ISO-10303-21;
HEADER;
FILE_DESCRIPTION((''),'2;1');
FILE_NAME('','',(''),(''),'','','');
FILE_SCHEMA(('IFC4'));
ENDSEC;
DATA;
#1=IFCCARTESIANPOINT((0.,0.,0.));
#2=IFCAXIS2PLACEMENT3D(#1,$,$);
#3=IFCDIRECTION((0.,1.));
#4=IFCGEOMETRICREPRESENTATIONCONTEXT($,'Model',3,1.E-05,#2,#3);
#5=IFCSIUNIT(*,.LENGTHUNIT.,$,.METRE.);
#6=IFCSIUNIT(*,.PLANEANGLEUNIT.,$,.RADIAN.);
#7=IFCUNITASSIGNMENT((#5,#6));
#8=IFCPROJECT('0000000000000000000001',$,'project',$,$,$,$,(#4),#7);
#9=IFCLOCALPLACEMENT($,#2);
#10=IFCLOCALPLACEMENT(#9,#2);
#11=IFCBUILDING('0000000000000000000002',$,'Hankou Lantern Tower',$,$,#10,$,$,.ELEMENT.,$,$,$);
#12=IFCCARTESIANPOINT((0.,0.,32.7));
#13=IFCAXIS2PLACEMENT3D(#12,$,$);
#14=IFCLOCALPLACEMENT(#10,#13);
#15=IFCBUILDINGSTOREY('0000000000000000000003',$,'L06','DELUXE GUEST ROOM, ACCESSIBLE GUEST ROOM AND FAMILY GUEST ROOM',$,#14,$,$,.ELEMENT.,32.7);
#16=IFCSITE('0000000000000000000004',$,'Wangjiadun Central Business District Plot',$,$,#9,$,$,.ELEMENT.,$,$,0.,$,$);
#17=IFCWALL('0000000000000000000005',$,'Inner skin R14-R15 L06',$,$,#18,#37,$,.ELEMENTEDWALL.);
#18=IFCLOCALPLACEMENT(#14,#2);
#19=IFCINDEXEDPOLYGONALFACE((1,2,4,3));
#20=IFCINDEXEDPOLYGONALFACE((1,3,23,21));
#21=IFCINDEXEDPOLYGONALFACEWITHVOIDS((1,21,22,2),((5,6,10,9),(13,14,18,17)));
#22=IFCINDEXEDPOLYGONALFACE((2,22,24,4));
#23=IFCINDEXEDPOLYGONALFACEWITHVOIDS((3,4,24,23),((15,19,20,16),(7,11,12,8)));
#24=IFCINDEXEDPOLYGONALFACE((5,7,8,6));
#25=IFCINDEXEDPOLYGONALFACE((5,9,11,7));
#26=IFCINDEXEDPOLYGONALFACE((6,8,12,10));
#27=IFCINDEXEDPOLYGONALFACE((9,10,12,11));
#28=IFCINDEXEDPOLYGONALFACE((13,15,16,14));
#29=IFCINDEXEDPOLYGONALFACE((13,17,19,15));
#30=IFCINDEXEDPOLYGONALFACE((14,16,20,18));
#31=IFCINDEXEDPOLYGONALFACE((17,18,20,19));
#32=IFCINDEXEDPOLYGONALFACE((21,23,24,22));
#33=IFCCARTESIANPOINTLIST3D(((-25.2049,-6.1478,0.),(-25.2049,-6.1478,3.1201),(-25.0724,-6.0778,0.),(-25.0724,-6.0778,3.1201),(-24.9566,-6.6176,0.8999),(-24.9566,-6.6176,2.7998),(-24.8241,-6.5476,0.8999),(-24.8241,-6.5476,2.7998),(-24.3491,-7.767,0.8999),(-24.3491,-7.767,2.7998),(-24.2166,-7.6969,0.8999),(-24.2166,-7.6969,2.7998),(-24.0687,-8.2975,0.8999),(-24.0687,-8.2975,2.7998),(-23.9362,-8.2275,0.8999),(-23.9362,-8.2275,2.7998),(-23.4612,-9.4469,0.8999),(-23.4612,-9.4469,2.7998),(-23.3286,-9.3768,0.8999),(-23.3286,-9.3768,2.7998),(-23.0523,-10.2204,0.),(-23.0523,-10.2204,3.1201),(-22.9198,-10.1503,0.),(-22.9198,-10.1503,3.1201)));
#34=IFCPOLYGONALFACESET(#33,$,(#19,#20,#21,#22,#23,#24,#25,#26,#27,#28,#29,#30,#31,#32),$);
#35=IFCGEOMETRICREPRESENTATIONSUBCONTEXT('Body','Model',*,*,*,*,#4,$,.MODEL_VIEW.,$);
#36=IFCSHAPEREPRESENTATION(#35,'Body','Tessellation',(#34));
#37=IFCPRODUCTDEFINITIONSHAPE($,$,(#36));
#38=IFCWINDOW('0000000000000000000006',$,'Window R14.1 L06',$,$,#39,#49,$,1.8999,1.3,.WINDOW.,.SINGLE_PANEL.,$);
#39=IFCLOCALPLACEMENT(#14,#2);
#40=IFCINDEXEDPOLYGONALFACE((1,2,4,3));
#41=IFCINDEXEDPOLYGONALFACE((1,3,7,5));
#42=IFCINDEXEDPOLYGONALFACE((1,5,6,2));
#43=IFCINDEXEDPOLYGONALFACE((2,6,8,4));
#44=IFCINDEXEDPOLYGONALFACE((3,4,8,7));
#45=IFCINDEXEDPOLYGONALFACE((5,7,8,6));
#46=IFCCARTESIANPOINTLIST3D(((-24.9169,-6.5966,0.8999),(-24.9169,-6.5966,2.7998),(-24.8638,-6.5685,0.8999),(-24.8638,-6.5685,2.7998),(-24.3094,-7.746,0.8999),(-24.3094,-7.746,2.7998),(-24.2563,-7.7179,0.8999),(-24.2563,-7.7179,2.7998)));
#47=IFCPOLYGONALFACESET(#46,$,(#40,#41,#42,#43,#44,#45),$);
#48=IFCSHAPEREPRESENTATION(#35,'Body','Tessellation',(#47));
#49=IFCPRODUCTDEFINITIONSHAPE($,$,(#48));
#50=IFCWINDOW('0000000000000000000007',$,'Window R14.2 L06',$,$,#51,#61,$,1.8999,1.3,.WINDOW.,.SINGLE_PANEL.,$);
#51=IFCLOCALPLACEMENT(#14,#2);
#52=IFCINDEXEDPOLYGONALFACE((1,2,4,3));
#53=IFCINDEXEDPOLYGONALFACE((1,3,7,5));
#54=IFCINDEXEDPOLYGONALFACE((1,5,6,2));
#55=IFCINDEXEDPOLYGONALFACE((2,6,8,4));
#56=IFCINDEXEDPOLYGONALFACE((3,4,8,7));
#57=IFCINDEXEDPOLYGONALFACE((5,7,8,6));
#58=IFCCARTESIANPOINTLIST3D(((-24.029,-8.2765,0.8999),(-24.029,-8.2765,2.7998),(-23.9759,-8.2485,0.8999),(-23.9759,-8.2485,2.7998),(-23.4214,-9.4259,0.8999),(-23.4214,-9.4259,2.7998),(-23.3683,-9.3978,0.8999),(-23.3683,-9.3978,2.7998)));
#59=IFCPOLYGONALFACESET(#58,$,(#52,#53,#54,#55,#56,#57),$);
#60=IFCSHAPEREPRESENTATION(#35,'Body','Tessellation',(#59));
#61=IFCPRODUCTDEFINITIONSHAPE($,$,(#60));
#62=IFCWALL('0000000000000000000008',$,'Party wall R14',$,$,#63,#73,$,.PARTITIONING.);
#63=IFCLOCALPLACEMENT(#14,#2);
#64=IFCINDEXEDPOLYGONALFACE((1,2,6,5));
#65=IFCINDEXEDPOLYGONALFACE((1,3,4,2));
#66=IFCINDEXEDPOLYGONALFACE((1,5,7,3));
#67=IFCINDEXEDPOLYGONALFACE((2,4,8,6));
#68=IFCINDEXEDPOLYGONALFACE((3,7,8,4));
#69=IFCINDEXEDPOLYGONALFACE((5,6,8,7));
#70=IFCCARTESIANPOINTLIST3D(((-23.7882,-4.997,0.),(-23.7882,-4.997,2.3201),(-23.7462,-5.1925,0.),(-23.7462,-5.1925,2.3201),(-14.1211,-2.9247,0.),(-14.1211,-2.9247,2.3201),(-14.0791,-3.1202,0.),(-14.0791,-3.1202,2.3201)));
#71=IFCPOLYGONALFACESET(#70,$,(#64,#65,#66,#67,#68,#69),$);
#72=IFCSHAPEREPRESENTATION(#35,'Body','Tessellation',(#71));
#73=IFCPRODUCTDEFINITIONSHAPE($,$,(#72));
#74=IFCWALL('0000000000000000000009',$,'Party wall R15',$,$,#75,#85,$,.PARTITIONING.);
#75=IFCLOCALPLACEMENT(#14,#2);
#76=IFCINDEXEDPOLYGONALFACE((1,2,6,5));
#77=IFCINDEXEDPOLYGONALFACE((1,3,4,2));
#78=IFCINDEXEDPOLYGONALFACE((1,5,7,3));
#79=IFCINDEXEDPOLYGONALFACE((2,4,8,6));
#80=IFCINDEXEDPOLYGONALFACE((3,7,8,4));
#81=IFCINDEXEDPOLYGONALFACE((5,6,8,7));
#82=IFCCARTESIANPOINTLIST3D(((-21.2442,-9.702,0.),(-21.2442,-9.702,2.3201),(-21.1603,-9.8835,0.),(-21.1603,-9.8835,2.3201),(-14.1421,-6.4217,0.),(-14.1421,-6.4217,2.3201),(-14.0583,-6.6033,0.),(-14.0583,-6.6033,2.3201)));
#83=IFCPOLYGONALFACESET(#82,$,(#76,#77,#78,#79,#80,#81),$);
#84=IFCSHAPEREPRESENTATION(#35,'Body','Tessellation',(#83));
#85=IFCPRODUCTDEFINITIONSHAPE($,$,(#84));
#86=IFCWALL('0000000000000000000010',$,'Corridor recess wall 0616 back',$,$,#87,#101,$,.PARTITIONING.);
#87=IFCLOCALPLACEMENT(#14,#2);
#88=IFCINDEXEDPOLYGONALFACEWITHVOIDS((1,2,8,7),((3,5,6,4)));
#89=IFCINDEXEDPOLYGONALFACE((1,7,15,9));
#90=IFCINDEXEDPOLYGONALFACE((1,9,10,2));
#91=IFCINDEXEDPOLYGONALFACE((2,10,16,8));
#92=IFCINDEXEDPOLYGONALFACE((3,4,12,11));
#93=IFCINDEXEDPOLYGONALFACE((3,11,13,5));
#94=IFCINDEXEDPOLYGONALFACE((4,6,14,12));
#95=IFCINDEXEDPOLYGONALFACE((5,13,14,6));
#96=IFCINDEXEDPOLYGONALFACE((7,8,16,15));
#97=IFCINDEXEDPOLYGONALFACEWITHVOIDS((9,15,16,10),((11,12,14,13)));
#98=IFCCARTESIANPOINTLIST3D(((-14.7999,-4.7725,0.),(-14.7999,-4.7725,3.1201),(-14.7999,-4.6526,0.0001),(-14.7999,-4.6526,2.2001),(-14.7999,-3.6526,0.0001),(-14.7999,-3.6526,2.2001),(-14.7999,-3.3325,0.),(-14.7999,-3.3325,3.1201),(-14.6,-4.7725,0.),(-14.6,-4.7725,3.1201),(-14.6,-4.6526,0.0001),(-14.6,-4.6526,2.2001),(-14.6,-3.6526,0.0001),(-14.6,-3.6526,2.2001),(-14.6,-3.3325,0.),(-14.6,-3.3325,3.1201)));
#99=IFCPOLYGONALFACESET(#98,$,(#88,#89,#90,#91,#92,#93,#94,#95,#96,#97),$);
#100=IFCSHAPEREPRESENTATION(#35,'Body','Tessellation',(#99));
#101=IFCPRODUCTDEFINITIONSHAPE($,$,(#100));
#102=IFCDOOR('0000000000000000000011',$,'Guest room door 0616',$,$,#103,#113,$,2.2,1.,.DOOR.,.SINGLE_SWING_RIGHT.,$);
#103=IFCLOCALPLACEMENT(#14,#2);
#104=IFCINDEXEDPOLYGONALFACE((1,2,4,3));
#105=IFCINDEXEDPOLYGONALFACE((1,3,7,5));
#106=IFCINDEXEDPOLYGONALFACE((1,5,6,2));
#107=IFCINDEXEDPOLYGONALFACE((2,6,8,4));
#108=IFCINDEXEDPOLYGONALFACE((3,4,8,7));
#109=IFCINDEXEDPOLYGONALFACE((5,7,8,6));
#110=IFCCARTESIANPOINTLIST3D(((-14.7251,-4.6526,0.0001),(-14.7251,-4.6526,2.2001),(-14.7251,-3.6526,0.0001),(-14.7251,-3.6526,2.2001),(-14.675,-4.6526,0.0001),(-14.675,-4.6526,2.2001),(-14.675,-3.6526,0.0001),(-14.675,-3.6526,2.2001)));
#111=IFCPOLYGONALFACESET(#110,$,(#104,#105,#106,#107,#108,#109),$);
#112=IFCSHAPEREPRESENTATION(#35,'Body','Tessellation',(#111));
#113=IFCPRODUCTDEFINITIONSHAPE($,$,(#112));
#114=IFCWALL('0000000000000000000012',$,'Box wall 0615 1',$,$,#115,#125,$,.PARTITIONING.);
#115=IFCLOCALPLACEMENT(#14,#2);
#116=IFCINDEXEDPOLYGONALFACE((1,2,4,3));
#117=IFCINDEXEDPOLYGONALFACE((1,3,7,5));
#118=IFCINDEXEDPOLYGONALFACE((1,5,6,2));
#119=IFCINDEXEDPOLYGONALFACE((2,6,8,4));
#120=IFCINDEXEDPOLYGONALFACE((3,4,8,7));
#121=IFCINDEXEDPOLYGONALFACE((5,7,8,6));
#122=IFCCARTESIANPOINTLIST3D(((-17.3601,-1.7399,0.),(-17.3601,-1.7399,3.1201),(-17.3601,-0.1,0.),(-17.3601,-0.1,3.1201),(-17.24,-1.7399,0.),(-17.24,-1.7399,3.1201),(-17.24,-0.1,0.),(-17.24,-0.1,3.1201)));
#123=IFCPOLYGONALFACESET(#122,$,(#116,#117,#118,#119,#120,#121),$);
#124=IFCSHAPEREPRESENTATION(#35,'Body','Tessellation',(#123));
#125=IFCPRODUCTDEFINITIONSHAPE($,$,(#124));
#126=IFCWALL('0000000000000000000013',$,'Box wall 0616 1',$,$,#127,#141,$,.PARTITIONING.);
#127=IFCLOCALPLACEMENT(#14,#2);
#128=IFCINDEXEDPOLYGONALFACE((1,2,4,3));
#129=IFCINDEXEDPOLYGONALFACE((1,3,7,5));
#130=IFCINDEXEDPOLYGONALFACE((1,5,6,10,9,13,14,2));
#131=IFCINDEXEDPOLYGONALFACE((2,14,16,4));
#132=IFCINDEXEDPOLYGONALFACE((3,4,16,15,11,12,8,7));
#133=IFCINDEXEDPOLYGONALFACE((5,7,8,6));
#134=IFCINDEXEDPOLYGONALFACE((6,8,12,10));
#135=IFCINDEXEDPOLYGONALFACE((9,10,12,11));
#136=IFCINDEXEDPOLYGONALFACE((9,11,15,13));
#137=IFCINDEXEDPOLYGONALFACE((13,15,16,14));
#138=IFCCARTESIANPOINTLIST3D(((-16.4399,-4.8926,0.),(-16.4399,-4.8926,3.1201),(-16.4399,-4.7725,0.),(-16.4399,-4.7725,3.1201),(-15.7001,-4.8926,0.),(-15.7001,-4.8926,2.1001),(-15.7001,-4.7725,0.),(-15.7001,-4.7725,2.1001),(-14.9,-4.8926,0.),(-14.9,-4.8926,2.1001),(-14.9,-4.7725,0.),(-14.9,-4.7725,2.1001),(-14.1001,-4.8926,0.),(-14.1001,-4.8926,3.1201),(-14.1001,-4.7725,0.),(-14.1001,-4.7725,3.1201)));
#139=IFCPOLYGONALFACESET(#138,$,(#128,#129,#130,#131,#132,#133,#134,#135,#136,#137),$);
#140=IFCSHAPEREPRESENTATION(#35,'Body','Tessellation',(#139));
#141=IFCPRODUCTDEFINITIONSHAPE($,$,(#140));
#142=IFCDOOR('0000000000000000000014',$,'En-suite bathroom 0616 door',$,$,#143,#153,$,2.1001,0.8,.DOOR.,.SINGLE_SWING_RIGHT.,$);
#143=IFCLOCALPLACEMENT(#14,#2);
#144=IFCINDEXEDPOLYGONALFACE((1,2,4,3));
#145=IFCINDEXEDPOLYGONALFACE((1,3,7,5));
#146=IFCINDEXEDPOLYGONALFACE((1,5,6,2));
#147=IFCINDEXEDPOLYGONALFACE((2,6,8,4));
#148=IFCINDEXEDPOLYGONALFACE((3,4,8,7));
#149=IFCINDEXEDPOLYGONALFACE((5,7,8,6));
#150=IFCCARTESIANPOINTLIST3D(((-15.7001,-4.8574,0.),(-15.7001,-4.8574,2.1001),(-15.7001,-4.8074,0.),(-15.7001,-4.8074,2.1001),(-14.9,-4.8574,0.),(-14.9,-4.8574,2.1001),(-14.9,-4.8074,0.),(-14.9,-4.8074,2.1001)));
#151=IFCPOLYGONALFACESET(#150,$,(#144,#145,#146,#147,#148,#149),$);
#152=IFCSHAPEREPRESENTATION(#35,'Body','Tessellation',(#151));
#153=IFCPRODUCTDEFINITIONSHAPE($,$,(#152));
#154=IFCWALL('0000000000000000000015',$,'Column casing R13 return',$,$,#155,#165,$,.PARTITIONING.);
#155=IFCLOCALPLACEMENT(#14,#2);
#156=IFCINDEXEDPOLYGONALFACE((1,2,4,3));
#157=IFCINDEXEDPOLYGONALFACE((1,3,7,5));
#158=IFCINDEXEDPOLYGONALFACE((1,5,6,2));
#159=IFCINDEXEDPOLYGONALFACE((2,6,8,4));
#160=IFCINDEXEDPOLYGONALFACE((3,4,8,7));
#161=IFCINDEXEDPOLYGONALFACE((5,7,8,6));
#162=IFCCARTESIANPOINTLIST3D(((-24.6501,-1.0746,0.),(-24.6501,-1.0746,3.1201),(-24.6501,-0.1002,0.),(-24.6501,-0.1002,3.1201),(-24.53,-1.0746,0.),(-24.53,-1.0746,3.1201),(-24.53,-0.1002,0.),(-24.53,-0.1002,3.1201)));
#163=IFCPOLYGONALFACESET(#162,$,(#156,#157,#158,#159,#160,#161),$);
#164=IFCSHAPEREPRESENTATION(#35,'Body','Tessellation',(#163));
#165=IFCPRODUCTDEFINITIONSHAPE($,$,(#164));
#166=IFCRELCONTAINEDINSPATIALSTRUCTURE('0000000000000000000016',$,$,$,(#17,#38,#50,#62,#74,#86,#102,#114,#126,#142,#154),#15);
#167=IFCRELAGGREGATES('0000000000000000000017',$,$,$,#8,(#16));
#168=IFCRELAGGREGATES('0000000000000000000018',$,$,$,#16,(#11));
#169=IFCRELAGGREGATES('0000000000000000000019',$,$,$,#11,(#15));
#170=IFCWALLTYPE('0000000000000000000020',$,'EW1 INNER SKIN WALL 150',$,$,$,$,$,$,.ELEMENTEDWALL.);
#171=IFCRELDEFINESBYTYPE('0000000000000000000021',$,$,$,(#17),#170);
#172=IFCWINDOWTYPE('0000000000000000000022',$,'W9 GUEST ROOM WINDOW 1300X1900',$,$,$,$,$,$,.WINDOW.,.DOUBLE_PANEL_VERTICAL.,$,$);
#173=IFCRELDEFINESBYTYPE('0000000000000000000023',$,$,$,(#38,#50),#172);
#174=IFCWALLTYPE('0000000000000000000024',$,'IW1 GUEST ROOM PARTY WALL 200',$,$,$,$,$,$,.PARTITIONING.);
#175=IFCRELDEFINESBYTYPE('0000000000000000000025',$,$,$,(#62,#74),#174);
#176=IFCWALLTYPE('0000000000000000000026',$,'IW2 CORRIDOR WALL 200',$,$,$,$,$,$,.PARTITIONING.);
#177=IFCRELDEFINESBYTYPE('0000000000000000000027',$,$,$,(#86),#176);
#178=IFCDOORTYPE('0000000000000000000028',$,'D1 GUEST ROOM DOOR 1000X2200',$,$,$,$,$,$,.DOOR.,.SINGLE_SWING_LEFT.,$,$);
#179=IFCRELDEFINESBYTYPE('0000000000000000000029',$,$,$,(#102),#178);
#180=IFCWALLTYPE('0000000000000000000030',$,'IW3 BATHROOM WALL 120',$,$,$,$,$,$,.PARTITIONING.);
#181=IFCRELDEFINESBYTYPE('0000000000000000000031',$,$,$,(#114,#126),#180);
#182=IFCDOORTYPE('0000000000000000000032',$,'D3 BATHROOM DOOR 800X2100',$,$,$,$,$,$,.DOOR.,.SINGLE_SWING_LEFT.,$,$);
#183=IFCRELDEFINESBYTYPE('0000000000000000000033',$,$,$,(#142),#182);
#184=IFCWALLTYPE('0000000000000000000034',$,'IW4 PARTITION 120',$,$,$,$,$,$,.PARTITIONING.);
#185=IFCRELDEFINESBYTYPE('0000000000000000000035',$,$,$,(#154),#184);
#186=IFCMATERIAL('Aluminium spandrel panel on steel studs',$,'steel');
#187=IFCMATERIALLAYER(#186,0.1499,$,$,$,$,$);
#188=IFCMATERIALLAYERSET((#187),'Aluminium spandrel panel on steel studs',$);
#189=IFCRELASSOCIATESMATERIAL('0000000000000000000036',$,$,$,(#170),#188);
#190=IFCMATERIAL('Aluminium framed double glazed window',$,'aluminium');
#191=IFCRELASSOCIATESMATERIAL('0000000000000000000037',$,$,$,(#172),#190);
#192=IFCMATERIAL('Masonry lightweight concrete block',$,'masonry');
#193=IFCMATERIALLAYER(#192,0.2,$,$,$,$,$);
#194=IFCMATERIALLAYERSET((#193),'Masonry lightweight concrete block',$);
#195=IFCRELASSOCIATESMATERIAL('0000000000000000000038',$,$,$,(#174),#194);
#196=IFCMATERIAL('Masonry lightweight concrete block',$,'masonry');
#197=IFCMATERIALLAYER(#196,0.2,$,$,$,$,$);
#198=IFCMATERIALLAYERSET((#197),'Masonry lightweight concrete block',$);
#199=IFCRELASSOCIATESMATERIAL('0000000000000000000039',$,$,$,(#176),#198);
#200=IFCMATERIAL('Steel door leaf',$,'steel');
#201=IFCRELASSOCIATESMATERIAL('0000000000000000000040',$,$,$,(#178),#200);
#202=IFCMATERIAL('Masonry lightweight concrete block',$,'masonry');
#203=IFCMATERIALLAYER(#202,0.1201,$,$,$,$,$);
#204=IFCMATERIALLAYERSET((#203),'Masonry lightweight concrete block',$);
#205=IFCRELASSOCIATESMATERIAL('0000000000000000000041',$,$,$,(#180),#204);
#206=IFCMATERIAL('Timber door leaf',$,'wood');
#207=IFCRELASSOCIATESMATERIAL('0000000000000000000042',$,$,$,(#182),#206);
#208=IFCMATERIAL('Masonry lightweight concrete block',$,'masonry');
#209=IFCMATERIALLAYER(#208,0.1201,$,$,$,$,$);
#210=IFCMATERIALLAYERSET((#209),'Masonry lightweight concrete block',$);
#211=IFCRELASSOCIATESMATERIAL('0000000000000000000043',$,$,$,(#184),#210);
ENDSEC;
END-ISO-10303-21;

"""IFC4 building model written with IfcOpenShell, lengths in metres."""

from ifc_helpers import new_model, si_unit, direction, frame, frame_2d, origin, place, context, subcontext, project, spatial, rectangle, extrude, material, layer, layer_set, type_object, element, fill, save


model = new_model("IFC4")

# Units and contexts
model_context = context("Model", 3, precision=1e-05, world=origin(), true_north=direction((0.0, 1.0)))
body_context = subcontext(model_context, "Body", "Model", "MODEL_VIEW")
ifc_project = project(units=[si_unit("LENGTHUNIT", "METRE"), si_unit("PLANEANGLEUNIT", "RADIAN")], contexts=[model_context])

# Site, building, storey
site_placement = place(None, origin())
site = spatial("IfcSite", under=ifc_project, at=site_placement, Name="Wangjiadun Central Business District Plot", CompositionType="ELEMENT", RefElevation=0.0)
building_placement = place(site_placement, origin())
building = spatial("IfcBuilding", under=site, at=building_placement, Name="Hankou Lantern Tower", CompositionType="ELEMENT")
storey_placement = place(building_placement, frame((0.0, 0.0, 32.7)))
storey = spatial("IfcBuildingStorey", under=building, at=storey_placement, Name="L06", Description="DELUXE GUEST ROOM, ACCESSIBLE GUEST ROOM AND FAMILY GUEST ROOM", CompositionType="ELEMENT", Elevation=32.7)

# Wall, openings, windows
ifc_material_1 = material(Name="Aluminium spandrel panel on steel studs", Category="steel")
ifc_layer_1 = layer(ifc_material_1, 0.1499)
ifc_layer_set_1 = layer_set([ifc_layer_1], Name="Aluminium spandrel panel on steel studs")
wall_type_1 = type_object("IfcWallType", Name="EW1 INNER SKIN WALL 150", PredefinedType="ELEMENTEDWALL", material=ifc_layer_set_1)
ifc_material_2 = material(Name="Aluminium framed double glazed window", Category="aluminium")
window_type = type_object("IfcWindowType", Name="W9 GUEST ROOM WINDOW 1300X1900", PartitioningType="DOUBLE_PANEL_VERTICAL", PredefinedType="WINDOW", material=ifc_material_2)
wall_1_placement = place(storey_placement, frame((-25.1387, -6.1128, 0.0), z_axis=(0.0, 0.0, 1.0), x_axis=(0.467303, -0.884097, 0.0)))
wall_1 = element("IfcWall", 1, at=wall_1_placement, inside=storey, type_object=wall_type_1, Name="Inner skin R14-R15 L06", PredefinedType="ELEMENTEDWALL", context=body_context, shape_type="SweptSolid", body=[
    extrude(rectangle(XDim=4.6064, YDim=0.1499, at=frame_2d((2.3032, 0.0))), origin(), (0.0, 0.0, 1.0), 3.1201),
])
opening_1_placement = place(wall_1_placement, frame((0.5315, 0.0, 0.8999)))
opening_1 = element("IfcOpeningElement", 2, at=opening_1_placement, cuts=wall_1, PredefinedType="OPENING", context=body_context, shape_type="SweptSolid", body=[
    extrude(rectangle(XDim=1.3, YDim=1.8999, at=frame_2d((0.6499, 0.95))), frame((0.0, 0.085, 0.0), z_axis=(0.0, -1.0, 0.0), x_axis=(1.0, 0.0, 0.0)), (0.0, 0.0, 1.0), 0.1699),
])
opening_2_placement = place(wall_1_placement, frame((2.4316, 0.0, 0.8999)))
opening_2 = element("IfcOpeningElement", 3, at=opening_2_placement, cuts=wall_1, PredefinedType="OPENING", context=body_context, shape_type="SweptSolid", body=[
    extrude(rectangle(XDim=1.3, YDim=1.8999, at=frame_2d((0.6499, 0.95))), frame((0.0, 0.085, 0.0), z_axis=(0.0, -1.0, 0.0), x_axis=(1.0, 0.0, 0.0)), (0.0, 0.0, 1.0), 0.1699),
])
window_1_placement = place(opening_1_placement, origin())
window_1 = element("IfcWindow", 4, at=window_1_placement, inside=storey, type_object=window_type, Name="Window R14.1 L06", OverallHeight=1.8999, OverallWidth=1.3, PartitioningType="SINGLE_PANEL", PredefinedType="WINDOW", context=body_context, shape_type="SweptSolid", body=[
    extrude(rectangle(XDim=1.3, YDim=1.8999, at=frame_2d((0.6499, 0.95))), frame((0.0, 0.03, 0.0), z_axis=(0.0, -1.0, 0.0), x_axis=(1.0, 0.0, 0.0)), (0.0, 0.0, 1.0), 0.0601),
])
fill(opening_1, window_1)
window_2_placement = place(opening_2_placement, origin())
window_2 = element("IfcWindow", 5, at=window_2_placement, inside=storey, type_object=window_type, Name="Window R14.2 L06", OverallHeight=1.8999, OverallWidth=1.3, PartitioningType="SINGLE_PANEL", PredefinedType="WINDOW", context=body_context, shape_type="SweptSolid", body=[
    extrude(rectangle(XDim=1.3, YDim=1.8999, at=frame_2d((0.6499, 0.95))), frame((0.0, 0.03, 0.0), z_axis=(0.0, -1.0, 0.0), x_axis=(1.0, 0.0, 0.0)), (0.0, 0.0, 1.0), 0.0601),
])
fill(opening_2, window_2)

# Walls
ifc_material_3 = material(Name="Masonry lightweight concrete block", Category="masonry")
ifc_layer_2 = layer(ifc_material_3, 0.2)
ifc_layer_set_2 = layer_set([ifc_layer_2], Name="Masonry lightweight concrete block")
wall_type_2 = type_object("IfcWallType", Name="IW1 GUEST ROOM PARTY WALL 200", PredefinedType="PARTITIONING", material=ifc_layer_set_2)
wall_2_placement = place(storey_placement, frame((-14.1001, -3.0225, 0.0), z_axis=(0.0, 0.0, 1.0), x_axis=(-0.977787, -0.209603, 0.0)))
element("IfcWall", 6, at=wall_2_placement, inside=storey, type_object=wall_type_2, Name="Party wall R14", PredefinedType="PARTITIONING", context=body_context, shape_type="SweptSolid", body=[
    extrude(rectangle(XDim=9.8867, YDim=0.2, at=frame_2d((4.9434, 0.0))), origin(), (0.0, 0.0, 1.0), 2.3201),
])
wall_3_placement = place(storey_placement, frame((-14.1001, -6.5125, 0.0), z_axis=(0.0, 0.0, 1.0), x_axis=(-0.907842, -0.419311, 0.0)))
element("IfcWall", 7, at=wall_3_placement, inside=storey, type_object=wall_type_2, Name="Party wall R15", PredefinedType="PARTITIONING", context=body_context, shape_type="SweptSolid", body=[
    extrude(rectangle(XDim=7.823, YDim=0.2, at=frame_2d((3.9116, 0.0))), origin(), (0.0, 0.0, 1.0), 2.3201),
])

# Wall, opening, door
ifc_material_4 = material(Name="Masonry lightweight concrete block", Category="masonry")
ifc_layer_3 = layer(ifc_material_4, 0.2)
ifc_layer_set_3 = layer_set([ifc_layer_3], Name="Masonry lightweight concrete block")
wall_type_3 = type_object("IfcWallType", Name="IW2 CORRIDOR WALL 200", PredefinedType="PARTITIONING", material=ifc_layer_set_3)
wall_4_placement = place(storey_placement, frame((-14.7, -3.3325, 0.0), z_axis=(0.0, 0.0, 1.0), x_axis=(0.0, -1.0, 0.0)))
wall_4 = element("IfcWall", 8, at=wall_4_placement, inside=storey, type_object=wall_type_3, Name="Corridor recess wall 0616 back", PredefinedType="PARTITIONING", context=body_context, shape_type="SweptSolid", body=[
    extrude(rectangle(XDim=1.4399, YDim=0.2, at=frame_2d((0.72, 0.0))), origin(), (0.0, 0.0, 1.0), 3.1201),
])
opening_3_placement = place(wall_4_placement, frame((0.3201, 0.0, 0.0)))
opening_3 = element("IfcOpeningElement", 9, at=opening_3_placement, cuts=wall_4, PredefinedType="OPENING", context=body_context, shape_type="SweptSolid", body=[
    extrude(rectangle(XDim=1.0, YDim=2.2, at=frame_2d((0.5, 1.1001))), frame((0.0, 0.1099, 0.0), z_axis=(0.0, -1.0, 0.0), x_axis=(1.0, 0.0, 0.0)), (0.0, 0.0, 1.0), 0.22),
])
ifc_material_5 = material(Name="Steel door leaf", Category="steel")
door_type_1 = type_object("IfcDoorType", Name="D1 GUEST ROOM DOOR 1000X2200", OperationType="SINGLE_SWING_LEFT", PredefinedType="DOOR", material=ifc_material_5)
door_1_placement = place(opening_3_placement, origin())
door_1 = element("IfcDoor", 10, at=door_1_placement, inside=storey, type_object=door_type_1, Name="Guest room door 0616", OperationType="SINGLE_SWING_RIGHT", OverallHeight=2.2, OverallWidth=1.0, PredefinedType="DOOR", context=body_context, shape_type="SweptSolid", body=[
    extrude(rectangle(XDim=1.0, YDim=2.2, at=frame_2d((0.5, 1.1001))), frame((0.0, 0.0249, 0.0), z_axis=(0.0, -1.0, 0.0), x_axis=(1.0, 0.0, 0.0)), (0.0, 0.0, 1.0), 0.05),
])
fill(opening_3, door_1)

# Wall
ifc_material_6 = material(Name="Masonry lightweight concrete block", Category="masonry")
ifc_layer_4 = layer(ifc_material_6, 0.1201)
ifc_layer_set_4 = layer_set([ifc_layer_4], Name="Masonry lightweight concrete block")
wall_type_4 = type_object("IfcWallType", Name="IW3 BATHROOM WALL 120", PredefinedType="PARTITIONING", material=ifc_layer_set_4)
wall_5_placement = place(storey_placement, frame((-17.3, -0.1001, 0.0), z_axis=(0.0, 0.0, 1.0), x_axis=(0.0, -1.0, 0.0)))
element("IfcWall", 11, at=wall_5_placement, inside=storey, type_object=wall_type_4, Name="Box wall 0615 1", PredefinedType="PARTITIONING", context=body_context, shape_type="SweptSolid", body=[
    extrude(rectangle(XDim=1.6399, YDim=0.1201, at=frame_2d((0.8198, 0.0))), origin(), (0.0, 0.0, 1.0), 3.1201),
])

# Wall, opening, door
wall_6_placement = place(storey_placement, frame((-14.1001, -4.8325, 0.0), z_axis=(0.0, 0.0, 1.0), x_axis=(-1.0, 0.0, 0.0)))
wall_6 = element("IfcWall", 12, at=wall_6_placement, inside=storey, type_object=wall_type_4, Name="Box wall 0616 1", PredefinedType="PARTITIONING", context=body_context, shape_type="SweptSolid", body=[
    extrude(rectangle(XDim=2.3398, YDim=0.1201, at=frame_2d((1.1699, 0.0))), origin(), (0.0, 0.0, 1.0), 3.1201),
])
opening_4_placement = place(wall_6_placement, frame((0.8, 0.0, 0.0)))
opening_4 = element("IfcOpeningElement", 13, at=opening_4_placement, cuts=wall_6, PredefinedType="OPENING", context=body_context, shape_type="SweptSolid", body=[
    extrude(rectangle(XDim=0.8, YDim=2.1001, at=frame_2d((0.3999, 1.05))), frame((0.0, 0.0701, 0.0), z_axis=(0.0, -1.0, 0.0), x_axis=(1.0, 0.0, 0.0)), (0.0, 0.0, 1.0), 0.1401),
])
ifc_material_7 = material(Name="Timber door leaf", Category="wood")
door_type_2 = type_object("IfcDoorType", Name="D3 BATHROOM DOOR 800X2100", OperationType="SINGLE_SWING_LEFT", PredefinedType="DOOR", material=ifc_material_7)
door_2_placement = place(opening_4_placement, origin())
door_2 = element("IfcDoor", 14, at=door_2_placement, inside=storey, type_object=door_type_2, Name="En-suite bathroom 0616 door", OperationType="SINGLE_SWING_RIGHT", OverallHeight=2.1001, OverallWidth=0.8, PredefinedType="DOOR", context=body_context, shape_type="SweptSolid", body=[
    extrude(rectangle(XDim=0.8, YDim=2.1001, at=frame_2d((0.3999, 1.05))), frame((0.0, 0.0249, 0.0), z_axis=(0.0, -1.0, 0.0), x_axis=(1.0, 0.0, 0.0)), (0.0, 0.0, 1.0), 0.05),
])
fill(opening_4, door_2)

# Wall
ifc_material_8 = material(Name="Masonry lightweight concrete block", Category="masonry")
ifc_layer_5 = layer(ifc_material_8, 0.1201)
ifc_layer_set_5 = layer_set([ifc_layer_5], Name="Masonry lightweight concrete block")
wall_type_5 = type_object("IfcWallType", Name="IW4 PARTITION 120", PredefinedType="PARTITIONING", material=ifc_layer_set_5)
wall_7_placement = place(storey_placement, frame((-24.5901, -0.1001, 0.0), z_axis=(0.0, 0.0, 1.0), x_axis=(0.0, -1.0, 0.0)))
element("IfcWall", 15, at=wall_7_placement, inside=storey, type_object=wall_type_5, Name="Column casing R13 return", PredefinedType="PARTITIONING", context=body_context, shape_type="SweptSolid", body=[
    extrude(rectangle(XDim=0.9744, YDim=0.1201, at=frame_2d((0.4873, 0.0))), origin(), (0.0, 0.0, 1.0), 3.1201),
])

save(model, "model.ifc")
